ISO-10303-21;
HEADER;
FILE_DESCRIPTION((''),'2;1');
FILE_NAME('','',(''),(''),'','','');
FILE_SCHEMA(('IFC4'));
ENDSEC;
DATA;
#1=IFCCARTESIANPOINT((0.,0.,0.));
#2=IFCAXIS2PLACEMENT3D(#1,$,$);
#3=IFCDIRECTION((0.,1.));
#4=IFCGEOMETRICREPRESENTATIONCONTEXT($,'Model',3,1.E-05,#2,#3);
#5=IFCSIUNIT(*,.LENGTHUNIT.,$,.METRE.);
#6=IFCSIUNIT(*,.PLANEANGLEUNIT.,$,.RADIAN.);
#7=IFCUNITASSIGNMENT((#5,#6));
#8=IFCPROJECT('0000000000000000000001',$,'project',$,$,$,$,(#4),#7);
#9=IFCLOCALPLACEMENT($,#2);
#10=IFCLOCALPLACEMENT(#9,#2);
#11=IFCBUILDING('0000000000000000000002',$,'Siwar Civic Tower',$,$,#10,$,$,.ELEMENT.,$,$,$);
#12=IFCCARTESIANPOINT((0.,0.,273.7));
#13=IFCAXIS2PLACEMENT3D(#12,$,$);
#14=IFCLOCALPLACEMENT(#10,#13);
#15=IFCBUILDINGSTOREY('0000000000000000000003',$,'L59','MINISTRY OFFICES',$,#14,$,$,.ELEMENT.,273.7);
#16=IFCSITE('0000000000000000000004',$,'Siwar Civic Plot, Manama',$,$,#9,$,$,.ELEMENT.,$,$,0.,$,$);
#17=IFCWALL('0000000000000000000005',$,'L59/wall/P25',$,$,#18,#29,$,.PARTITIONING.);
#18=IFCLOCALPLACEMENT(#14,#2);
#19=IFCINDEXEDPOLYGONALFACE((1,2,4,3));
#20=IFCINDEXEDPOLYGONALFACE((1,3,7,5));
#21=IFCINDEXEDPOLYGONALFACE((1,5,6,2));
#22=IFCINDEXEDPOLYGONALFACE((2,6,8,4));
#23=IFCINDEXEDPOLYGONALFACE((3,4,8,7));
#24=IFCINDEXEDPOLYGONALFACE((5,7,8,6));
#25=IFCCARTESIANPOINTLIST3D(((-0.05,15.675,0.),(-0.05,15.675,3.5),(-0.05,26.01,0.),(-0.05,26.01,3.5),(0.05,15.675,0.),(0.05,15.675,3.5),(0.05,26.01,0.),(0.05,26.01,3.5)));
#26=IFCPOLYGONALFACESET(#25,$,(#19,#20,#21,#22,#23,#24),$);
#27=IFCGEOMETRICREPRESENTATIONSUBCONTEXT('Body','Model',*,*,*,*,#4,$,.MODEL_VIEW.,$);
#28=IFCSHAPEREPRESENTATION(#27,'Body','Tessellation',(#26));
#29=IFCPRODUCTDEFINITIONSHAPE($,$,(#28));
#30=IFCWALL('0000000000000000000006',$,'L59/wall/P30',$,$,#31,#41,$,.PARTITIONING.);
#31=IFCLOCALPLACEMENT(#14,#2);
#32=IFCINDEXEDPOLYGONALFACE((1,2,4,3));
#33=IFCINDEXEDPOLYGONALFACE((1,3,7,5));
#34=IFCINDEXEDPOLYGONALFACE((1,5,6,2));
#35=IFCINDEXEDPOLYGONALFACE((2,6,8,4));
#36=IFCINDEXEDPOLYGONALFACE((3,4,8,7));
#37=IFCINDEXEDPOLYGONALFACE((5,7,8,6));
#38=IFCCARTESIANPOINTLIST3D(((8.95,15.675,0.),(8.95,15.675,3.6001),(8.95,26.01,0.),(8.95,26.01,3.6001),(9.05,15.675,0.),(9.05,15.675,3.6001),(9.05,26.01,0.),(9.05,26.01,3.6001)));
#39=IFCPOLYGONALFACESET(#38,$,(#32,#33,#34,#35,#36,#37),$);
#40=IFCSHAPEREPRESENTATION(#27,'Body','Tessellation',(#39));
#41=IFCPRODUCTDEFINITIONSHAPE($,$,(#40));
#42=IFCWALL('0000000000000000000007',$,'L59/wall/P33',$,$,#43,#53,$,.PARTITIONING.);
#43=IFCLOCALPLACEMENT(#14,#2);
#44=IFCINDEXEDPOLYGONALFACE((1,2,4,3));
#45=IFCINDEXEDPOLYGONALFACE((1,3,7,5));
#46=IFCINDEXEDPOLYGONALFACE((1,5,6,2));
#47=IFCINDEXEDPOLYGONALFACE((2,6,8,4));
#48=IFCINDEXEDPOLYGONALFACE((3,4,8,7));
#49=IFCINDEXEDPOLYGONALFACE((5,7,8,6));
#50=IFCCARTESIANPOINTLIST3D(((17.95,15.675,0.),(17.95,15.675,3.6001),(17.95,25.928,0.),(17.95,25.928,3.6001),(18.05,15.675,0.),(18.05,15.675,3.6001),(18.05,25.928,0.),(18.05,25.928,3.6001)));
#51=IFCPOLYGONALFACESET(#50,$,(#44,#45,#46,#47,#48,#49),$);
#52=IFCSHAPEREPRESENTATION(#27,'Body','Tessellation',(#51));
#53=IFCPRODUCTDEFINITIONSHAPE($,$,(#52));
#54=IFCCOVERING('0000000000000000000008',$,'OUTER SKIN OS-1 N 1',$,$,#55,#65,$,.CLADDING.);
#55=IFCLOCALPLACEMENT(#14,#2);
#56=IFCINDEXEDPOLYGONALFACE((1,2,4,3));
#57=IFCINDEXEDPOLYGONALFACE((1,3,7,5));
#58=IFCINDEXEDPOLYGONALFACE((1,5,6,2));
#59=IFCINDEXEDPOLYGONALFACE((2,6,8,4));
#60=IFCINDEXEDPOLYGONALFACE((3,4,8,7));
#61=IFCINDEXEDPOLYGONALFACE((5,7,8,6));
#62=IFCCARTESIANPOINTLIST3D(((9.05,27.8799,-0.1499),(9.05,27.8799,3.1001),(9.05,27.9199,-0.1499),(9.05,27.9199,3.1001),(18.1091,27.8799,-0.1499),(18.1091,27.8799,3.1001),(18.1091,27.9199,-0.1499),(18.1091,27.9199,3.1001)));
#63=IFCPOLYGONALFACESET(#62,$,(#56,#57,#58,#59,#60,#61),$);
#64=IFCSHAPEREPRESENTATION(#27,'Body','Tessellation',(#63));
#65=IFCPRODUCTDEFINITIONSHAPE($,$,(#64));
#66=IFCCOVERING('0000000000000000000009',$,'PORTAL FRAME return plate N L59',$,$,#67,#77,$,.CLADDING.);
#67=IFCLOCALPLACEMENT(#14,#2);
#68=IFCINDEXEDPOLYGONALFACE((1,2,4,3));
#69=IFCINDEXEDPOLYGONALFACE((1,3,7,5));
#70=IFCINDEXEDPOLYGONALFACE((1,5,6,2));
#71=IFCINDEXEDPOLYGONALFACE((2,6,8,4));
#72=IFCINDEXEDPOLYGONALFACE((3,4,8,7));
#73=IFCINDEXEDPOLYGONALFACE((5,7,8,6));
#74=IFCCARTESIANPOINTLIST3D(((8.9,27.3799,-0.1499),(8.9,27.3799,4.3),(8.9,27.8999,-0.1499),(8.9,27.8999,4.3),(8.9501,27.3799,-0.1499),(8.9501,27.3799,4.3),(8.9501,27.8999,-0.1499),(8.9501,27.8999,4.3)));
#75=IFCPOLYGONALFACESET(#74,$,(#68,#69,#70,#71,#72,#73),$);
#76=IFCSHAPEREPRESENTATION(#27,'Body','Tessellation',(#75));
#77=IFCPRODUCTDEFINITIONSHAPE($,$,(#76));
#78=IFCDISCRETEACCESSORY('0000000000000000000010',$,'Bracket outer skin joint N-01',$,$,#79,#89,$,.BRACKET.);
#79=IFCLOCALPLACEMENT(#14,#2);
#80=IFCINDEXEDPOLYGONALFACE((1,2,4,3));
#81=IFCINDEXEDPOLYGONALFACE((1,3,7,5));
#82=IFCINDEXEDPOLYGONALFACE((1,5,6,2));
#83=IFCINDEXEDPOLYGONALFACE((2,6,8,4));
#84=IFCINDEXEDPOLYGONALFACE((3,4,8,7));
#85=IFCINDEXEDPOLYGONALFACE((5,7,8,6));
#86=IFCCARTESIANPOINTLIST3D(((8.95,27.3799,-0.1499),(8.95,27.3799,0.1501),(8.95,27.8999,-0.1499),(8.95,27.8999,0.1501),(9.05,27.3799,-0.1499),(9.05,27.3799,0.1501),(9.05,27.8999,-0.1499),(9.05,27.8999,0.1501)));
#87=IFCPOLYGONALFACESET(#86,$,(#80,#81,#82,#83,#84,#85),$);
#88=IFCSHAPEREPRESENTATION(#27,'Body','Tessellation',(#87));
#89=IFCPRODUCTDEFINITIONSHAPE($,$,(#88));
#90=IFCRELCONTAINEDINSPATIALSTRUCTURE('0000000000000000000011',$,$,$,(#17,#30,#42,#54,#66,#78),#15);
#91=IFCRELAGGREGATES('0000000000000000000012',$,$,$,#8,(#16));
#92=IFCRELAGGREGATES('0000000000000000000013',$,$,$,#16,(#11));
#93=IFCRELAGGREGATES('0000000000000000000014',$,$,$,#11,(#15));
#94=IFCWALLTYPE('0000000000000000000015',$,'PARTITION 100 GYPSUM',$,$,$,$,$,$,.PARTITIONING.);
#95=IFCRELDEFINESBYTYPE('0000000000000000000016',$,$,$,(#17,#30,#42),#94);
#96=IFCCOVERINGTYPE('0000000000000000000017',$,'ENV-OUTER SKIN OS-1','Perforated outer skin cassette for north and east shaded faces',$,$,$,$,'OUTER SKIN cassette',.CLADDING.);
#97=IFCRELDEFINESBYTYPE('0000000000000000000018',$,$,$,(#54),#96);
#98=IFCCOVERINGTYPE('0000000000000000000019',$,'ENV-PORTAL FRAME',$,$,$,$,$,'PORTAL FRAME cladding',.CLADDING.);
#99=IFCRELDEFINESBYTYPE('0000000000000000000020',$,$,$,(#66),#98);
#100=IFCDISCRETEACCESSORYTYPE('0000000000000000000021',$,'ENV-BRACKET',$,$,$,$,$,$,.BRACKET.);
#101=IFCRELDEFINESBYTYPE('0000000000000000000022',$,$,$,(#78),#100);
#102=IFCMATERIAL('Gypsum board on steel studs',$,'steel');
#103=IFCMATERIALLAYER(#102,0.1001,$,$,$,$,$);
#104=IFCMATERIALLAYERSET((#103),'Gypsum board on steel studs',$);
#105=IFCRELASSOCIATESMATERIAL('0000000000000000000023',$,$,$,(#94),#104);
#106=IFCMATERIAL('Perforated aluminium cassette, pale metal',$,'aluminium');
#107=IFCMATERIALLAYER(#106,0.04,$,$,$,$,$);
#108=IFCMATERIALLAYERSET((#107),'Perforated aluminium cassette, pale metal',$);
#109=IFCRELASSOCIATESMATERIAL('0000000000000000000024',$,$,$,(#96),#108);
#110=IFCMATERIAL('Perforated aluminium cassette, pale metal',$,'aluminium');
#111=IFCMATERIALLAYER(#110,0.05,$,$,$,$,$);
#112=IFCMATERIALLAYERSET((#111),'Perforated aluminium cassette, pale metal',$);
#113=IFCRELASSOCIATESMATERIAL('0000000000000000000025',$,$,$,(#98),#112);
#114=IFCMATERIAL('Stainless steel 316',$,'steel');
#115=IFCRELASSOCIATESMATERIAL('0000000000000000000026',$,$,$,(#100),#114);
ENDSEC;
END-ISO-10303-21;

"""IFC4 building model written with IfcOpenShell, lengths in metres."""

from ifc_helpers import new_model, si_unit, direction, frame, frame_2d, origin, origin_2d, place, context, subcontext, project, spatial, rectangle, extrude, material, layer, layer_set, type_object, element, save


model = new_model("IFC4")

# Units and contexts
model_context = context("Model", 3, precision=1e-05, world=origin(), true_north=direction((0.0, 1.0)))
body_context = subcontext(model_context, "Body", "Model", "MODEL_VIEW")
ifc_project = project(units=[si_unit("LENGTHUNIT", "METRE"), si_unit("PLANEANGLEUNIT", "RADIAN")], contexts=[model_context])

# Site, building, storey
site_placement = place(None, origin())
site = spatial("IfcSite", under=ifc_project, at=site_placement, Name="Siwar Civic Plot, Manama", CompositionType="ELEMENT", RefElevation=0.0)
building_placement = place(site_placement, origin())
building = spatial("IfcBuilding", under=site, at=building_placement, Name="Siwar Civic Tower", CompositionType="ELEMENT")
storey_placement = place(building_placement, frame((0.0, 0.0, 273.7)))
storey = spatial("IfcBuildingStorey", under=building, at=storey_placement, Name="L59", Description="MINISTRY OFFICES", CompositionType="ELEMENT", Elevation=273.7)

# Shared definitions
ifc_material_1 = material(Name="Gypsum board on steel studs", Category="steel")
ifc_layer_1 = layer(ifc_material_1, 0.1001)
ifc_layer_set_1 = layer_set([ifc_layer_1], Name="Gypsum board on steel studs")
wall_type = type_object("IfcWallType", Name="PARTITION 100 GYPSUM", PredefinedType="PARTITIONING", material=ifc_layer_set_1)

# Walls
wall_1_placement = place(storey_placement, frame((0.0, 15.675, 0.0), z_axis=(0.0, 0.0, 1.0), x_axis=(0.0, 1.0, 0.0)))
element("IfcWall", 1, at=wall_1_placement, inside=storey, type_object=wall_type, Name="L59/wall/P25", PredefinedType="PARTITIONING", context=body_context, shape_type="SweptSolid", body=[
    extrude(rectangle(XDim=10.335, YDim=0.1001, at=frame_2d((5.1675, 0.0))), origin(), (0.0, 0.0, 1.0), 3.5),
])
wall_2_placement = place(storey_placement, frame((9.0, 15.675, 0.0), z_axis=(0.0, 0.0, 1.0), x_axis=(0.0, 1.0, 0.0)))
element("IfcWall", 2, at=wall_2_placement, inside=storey, type_object=wall_type, Name="L59/wall/P30", PredefinedType="PARTITIONING", context=body_context, shape_type="SweptSolid", body=[
    extrude(rectangle(XDim=10.335, YDim=0.1001, at=frame_2d((5.1675, 0.0))), origin(), (0.0, 0.0, 1.0), 3.6001),
])
wall_3_placement = place(storey_placement, frame((18.0, 15.675, 0.0), z_axis=(0.0, 0.0, 1.0), x_axis=(0.0, 1.0, 0.0)))
element("IfcWall", 3, at=wall_3_placement, inside=storey, type_object=wall_type, Name="L59/wall/P33", PredefinedType="PARTITIONING", context=body_context, shape_type="SweptSolid", body=[
    extrude(rectangle(XDim=10.2529, YDim=0.1001, at=frame_2d((5.1265, 0.0))), origin(), (0.0, 0.0, 1.0), 3.6001),
])

# Coverings
ifc_material_2 = material(Name="Perforated aluminium cassette, pale metal", Category="aluminium")
ifc_layer_2 = layer(ifc_material_2, 0.04)
ifc_layer_set_2 = layer_set([ifc_layer_2], Name="Perforated aluminium cassette, pale metal")
covering_type_1 = type_object("IfcCoveringType", Name="ENV-OUTER SKIN OS-1", Description="Perforated outer skin cassette for north and east shaded faces", ElementType="OUTER SKIN cassette", PredefinedType="CLADDING", material=ifc_layer_set_2)
covering_1_placement = place(storey_placement, frame((13.5796, 27.8999, -0.1499), z_axis=(0.0, 0.0, 1.0), x_axis=(-1.0, 0.0, 0.0)))
element("IfcCovering", 4, at=covering_1_placement, inside=storey, type_object=covering_type_1, Name="OUTER SKIN OS-1 N 1", PredefinedType="CLADDING", context=body_context, shape_type="SweptSolid", body=[
    extrude(rectangle(XDim=9.0591, YDim=0.04, at=origin_2d()), origin(), (0.0, 0.0, 1.0), 3.25),
])
ifc_material_3 = material(Name="Perforated aluminium cassette, pale metal", Category="aluminium")
ifc_layer_3 = layer(ifc_material_3, 0.05)
ifc_layer_set_3 = layer_set([ifc_layer_3], Name="Perforated aluminium cassette, pale metal")
covering_type_2 = type_object("IfcCoveringType", Name="ENV-PORTAL FRAME", ElementType="PORTAL FRAME cladding", PredefinedType="CLADDING", material=ifc_layer_set_3)
covering_2_placement = place(storey_placement, frame((8.925, 27.6399, -0.1499), z_axis=(0.0, 0.0, 1.0), x_axis=(1.0, 0.0, 0.0)))
element("IfcCovering", 5, at=covering_2_placement, inside=storey, type_object=covering_type_2, Name="PORTAL FRAME return plate N L59", PredefinedType="CLADDING", context=body_context, shape_type="SweptSolid", body=[
    extrude(rectangle(XDim=0.05, YDim=0.52, at=origin_2d()), origin(), (0.0, 0.0, 1.0), 4.45),
])

# Discrete accessory
ifc_material_4 = material(Name="Stainless steel 316", Category="steel")
discrete_accessory_type = type_object("IfcDiscreteAccessoryType", Name="ENV-BRACKET", PredefinedType="BRACKET", material=ifc_material_4)
discrete_accessory_placement = place(storey_placement, frame((9.0, 27.6399, -0.1499), z_axis=(0.0, 0.0, 1.0), x_axis=(0.0, 1.0, 0.0)))
element("IfcDiscreteAccessory", 6, at=discrete_accessory_placement, inside=storey, type_object=discrete_accessory_type, Name="Bracket outer skin joint N-01", PredefinedType="BRACKET", context=body_context, shape_type="SweptSolid", body=[
    extrude(rectangle(XDim=0.52, YDim=0.1001, at=origin_2d()), origin(), (0.0, 0.0, 1.0), 0.3),
])

save(model, "model.ifc")
